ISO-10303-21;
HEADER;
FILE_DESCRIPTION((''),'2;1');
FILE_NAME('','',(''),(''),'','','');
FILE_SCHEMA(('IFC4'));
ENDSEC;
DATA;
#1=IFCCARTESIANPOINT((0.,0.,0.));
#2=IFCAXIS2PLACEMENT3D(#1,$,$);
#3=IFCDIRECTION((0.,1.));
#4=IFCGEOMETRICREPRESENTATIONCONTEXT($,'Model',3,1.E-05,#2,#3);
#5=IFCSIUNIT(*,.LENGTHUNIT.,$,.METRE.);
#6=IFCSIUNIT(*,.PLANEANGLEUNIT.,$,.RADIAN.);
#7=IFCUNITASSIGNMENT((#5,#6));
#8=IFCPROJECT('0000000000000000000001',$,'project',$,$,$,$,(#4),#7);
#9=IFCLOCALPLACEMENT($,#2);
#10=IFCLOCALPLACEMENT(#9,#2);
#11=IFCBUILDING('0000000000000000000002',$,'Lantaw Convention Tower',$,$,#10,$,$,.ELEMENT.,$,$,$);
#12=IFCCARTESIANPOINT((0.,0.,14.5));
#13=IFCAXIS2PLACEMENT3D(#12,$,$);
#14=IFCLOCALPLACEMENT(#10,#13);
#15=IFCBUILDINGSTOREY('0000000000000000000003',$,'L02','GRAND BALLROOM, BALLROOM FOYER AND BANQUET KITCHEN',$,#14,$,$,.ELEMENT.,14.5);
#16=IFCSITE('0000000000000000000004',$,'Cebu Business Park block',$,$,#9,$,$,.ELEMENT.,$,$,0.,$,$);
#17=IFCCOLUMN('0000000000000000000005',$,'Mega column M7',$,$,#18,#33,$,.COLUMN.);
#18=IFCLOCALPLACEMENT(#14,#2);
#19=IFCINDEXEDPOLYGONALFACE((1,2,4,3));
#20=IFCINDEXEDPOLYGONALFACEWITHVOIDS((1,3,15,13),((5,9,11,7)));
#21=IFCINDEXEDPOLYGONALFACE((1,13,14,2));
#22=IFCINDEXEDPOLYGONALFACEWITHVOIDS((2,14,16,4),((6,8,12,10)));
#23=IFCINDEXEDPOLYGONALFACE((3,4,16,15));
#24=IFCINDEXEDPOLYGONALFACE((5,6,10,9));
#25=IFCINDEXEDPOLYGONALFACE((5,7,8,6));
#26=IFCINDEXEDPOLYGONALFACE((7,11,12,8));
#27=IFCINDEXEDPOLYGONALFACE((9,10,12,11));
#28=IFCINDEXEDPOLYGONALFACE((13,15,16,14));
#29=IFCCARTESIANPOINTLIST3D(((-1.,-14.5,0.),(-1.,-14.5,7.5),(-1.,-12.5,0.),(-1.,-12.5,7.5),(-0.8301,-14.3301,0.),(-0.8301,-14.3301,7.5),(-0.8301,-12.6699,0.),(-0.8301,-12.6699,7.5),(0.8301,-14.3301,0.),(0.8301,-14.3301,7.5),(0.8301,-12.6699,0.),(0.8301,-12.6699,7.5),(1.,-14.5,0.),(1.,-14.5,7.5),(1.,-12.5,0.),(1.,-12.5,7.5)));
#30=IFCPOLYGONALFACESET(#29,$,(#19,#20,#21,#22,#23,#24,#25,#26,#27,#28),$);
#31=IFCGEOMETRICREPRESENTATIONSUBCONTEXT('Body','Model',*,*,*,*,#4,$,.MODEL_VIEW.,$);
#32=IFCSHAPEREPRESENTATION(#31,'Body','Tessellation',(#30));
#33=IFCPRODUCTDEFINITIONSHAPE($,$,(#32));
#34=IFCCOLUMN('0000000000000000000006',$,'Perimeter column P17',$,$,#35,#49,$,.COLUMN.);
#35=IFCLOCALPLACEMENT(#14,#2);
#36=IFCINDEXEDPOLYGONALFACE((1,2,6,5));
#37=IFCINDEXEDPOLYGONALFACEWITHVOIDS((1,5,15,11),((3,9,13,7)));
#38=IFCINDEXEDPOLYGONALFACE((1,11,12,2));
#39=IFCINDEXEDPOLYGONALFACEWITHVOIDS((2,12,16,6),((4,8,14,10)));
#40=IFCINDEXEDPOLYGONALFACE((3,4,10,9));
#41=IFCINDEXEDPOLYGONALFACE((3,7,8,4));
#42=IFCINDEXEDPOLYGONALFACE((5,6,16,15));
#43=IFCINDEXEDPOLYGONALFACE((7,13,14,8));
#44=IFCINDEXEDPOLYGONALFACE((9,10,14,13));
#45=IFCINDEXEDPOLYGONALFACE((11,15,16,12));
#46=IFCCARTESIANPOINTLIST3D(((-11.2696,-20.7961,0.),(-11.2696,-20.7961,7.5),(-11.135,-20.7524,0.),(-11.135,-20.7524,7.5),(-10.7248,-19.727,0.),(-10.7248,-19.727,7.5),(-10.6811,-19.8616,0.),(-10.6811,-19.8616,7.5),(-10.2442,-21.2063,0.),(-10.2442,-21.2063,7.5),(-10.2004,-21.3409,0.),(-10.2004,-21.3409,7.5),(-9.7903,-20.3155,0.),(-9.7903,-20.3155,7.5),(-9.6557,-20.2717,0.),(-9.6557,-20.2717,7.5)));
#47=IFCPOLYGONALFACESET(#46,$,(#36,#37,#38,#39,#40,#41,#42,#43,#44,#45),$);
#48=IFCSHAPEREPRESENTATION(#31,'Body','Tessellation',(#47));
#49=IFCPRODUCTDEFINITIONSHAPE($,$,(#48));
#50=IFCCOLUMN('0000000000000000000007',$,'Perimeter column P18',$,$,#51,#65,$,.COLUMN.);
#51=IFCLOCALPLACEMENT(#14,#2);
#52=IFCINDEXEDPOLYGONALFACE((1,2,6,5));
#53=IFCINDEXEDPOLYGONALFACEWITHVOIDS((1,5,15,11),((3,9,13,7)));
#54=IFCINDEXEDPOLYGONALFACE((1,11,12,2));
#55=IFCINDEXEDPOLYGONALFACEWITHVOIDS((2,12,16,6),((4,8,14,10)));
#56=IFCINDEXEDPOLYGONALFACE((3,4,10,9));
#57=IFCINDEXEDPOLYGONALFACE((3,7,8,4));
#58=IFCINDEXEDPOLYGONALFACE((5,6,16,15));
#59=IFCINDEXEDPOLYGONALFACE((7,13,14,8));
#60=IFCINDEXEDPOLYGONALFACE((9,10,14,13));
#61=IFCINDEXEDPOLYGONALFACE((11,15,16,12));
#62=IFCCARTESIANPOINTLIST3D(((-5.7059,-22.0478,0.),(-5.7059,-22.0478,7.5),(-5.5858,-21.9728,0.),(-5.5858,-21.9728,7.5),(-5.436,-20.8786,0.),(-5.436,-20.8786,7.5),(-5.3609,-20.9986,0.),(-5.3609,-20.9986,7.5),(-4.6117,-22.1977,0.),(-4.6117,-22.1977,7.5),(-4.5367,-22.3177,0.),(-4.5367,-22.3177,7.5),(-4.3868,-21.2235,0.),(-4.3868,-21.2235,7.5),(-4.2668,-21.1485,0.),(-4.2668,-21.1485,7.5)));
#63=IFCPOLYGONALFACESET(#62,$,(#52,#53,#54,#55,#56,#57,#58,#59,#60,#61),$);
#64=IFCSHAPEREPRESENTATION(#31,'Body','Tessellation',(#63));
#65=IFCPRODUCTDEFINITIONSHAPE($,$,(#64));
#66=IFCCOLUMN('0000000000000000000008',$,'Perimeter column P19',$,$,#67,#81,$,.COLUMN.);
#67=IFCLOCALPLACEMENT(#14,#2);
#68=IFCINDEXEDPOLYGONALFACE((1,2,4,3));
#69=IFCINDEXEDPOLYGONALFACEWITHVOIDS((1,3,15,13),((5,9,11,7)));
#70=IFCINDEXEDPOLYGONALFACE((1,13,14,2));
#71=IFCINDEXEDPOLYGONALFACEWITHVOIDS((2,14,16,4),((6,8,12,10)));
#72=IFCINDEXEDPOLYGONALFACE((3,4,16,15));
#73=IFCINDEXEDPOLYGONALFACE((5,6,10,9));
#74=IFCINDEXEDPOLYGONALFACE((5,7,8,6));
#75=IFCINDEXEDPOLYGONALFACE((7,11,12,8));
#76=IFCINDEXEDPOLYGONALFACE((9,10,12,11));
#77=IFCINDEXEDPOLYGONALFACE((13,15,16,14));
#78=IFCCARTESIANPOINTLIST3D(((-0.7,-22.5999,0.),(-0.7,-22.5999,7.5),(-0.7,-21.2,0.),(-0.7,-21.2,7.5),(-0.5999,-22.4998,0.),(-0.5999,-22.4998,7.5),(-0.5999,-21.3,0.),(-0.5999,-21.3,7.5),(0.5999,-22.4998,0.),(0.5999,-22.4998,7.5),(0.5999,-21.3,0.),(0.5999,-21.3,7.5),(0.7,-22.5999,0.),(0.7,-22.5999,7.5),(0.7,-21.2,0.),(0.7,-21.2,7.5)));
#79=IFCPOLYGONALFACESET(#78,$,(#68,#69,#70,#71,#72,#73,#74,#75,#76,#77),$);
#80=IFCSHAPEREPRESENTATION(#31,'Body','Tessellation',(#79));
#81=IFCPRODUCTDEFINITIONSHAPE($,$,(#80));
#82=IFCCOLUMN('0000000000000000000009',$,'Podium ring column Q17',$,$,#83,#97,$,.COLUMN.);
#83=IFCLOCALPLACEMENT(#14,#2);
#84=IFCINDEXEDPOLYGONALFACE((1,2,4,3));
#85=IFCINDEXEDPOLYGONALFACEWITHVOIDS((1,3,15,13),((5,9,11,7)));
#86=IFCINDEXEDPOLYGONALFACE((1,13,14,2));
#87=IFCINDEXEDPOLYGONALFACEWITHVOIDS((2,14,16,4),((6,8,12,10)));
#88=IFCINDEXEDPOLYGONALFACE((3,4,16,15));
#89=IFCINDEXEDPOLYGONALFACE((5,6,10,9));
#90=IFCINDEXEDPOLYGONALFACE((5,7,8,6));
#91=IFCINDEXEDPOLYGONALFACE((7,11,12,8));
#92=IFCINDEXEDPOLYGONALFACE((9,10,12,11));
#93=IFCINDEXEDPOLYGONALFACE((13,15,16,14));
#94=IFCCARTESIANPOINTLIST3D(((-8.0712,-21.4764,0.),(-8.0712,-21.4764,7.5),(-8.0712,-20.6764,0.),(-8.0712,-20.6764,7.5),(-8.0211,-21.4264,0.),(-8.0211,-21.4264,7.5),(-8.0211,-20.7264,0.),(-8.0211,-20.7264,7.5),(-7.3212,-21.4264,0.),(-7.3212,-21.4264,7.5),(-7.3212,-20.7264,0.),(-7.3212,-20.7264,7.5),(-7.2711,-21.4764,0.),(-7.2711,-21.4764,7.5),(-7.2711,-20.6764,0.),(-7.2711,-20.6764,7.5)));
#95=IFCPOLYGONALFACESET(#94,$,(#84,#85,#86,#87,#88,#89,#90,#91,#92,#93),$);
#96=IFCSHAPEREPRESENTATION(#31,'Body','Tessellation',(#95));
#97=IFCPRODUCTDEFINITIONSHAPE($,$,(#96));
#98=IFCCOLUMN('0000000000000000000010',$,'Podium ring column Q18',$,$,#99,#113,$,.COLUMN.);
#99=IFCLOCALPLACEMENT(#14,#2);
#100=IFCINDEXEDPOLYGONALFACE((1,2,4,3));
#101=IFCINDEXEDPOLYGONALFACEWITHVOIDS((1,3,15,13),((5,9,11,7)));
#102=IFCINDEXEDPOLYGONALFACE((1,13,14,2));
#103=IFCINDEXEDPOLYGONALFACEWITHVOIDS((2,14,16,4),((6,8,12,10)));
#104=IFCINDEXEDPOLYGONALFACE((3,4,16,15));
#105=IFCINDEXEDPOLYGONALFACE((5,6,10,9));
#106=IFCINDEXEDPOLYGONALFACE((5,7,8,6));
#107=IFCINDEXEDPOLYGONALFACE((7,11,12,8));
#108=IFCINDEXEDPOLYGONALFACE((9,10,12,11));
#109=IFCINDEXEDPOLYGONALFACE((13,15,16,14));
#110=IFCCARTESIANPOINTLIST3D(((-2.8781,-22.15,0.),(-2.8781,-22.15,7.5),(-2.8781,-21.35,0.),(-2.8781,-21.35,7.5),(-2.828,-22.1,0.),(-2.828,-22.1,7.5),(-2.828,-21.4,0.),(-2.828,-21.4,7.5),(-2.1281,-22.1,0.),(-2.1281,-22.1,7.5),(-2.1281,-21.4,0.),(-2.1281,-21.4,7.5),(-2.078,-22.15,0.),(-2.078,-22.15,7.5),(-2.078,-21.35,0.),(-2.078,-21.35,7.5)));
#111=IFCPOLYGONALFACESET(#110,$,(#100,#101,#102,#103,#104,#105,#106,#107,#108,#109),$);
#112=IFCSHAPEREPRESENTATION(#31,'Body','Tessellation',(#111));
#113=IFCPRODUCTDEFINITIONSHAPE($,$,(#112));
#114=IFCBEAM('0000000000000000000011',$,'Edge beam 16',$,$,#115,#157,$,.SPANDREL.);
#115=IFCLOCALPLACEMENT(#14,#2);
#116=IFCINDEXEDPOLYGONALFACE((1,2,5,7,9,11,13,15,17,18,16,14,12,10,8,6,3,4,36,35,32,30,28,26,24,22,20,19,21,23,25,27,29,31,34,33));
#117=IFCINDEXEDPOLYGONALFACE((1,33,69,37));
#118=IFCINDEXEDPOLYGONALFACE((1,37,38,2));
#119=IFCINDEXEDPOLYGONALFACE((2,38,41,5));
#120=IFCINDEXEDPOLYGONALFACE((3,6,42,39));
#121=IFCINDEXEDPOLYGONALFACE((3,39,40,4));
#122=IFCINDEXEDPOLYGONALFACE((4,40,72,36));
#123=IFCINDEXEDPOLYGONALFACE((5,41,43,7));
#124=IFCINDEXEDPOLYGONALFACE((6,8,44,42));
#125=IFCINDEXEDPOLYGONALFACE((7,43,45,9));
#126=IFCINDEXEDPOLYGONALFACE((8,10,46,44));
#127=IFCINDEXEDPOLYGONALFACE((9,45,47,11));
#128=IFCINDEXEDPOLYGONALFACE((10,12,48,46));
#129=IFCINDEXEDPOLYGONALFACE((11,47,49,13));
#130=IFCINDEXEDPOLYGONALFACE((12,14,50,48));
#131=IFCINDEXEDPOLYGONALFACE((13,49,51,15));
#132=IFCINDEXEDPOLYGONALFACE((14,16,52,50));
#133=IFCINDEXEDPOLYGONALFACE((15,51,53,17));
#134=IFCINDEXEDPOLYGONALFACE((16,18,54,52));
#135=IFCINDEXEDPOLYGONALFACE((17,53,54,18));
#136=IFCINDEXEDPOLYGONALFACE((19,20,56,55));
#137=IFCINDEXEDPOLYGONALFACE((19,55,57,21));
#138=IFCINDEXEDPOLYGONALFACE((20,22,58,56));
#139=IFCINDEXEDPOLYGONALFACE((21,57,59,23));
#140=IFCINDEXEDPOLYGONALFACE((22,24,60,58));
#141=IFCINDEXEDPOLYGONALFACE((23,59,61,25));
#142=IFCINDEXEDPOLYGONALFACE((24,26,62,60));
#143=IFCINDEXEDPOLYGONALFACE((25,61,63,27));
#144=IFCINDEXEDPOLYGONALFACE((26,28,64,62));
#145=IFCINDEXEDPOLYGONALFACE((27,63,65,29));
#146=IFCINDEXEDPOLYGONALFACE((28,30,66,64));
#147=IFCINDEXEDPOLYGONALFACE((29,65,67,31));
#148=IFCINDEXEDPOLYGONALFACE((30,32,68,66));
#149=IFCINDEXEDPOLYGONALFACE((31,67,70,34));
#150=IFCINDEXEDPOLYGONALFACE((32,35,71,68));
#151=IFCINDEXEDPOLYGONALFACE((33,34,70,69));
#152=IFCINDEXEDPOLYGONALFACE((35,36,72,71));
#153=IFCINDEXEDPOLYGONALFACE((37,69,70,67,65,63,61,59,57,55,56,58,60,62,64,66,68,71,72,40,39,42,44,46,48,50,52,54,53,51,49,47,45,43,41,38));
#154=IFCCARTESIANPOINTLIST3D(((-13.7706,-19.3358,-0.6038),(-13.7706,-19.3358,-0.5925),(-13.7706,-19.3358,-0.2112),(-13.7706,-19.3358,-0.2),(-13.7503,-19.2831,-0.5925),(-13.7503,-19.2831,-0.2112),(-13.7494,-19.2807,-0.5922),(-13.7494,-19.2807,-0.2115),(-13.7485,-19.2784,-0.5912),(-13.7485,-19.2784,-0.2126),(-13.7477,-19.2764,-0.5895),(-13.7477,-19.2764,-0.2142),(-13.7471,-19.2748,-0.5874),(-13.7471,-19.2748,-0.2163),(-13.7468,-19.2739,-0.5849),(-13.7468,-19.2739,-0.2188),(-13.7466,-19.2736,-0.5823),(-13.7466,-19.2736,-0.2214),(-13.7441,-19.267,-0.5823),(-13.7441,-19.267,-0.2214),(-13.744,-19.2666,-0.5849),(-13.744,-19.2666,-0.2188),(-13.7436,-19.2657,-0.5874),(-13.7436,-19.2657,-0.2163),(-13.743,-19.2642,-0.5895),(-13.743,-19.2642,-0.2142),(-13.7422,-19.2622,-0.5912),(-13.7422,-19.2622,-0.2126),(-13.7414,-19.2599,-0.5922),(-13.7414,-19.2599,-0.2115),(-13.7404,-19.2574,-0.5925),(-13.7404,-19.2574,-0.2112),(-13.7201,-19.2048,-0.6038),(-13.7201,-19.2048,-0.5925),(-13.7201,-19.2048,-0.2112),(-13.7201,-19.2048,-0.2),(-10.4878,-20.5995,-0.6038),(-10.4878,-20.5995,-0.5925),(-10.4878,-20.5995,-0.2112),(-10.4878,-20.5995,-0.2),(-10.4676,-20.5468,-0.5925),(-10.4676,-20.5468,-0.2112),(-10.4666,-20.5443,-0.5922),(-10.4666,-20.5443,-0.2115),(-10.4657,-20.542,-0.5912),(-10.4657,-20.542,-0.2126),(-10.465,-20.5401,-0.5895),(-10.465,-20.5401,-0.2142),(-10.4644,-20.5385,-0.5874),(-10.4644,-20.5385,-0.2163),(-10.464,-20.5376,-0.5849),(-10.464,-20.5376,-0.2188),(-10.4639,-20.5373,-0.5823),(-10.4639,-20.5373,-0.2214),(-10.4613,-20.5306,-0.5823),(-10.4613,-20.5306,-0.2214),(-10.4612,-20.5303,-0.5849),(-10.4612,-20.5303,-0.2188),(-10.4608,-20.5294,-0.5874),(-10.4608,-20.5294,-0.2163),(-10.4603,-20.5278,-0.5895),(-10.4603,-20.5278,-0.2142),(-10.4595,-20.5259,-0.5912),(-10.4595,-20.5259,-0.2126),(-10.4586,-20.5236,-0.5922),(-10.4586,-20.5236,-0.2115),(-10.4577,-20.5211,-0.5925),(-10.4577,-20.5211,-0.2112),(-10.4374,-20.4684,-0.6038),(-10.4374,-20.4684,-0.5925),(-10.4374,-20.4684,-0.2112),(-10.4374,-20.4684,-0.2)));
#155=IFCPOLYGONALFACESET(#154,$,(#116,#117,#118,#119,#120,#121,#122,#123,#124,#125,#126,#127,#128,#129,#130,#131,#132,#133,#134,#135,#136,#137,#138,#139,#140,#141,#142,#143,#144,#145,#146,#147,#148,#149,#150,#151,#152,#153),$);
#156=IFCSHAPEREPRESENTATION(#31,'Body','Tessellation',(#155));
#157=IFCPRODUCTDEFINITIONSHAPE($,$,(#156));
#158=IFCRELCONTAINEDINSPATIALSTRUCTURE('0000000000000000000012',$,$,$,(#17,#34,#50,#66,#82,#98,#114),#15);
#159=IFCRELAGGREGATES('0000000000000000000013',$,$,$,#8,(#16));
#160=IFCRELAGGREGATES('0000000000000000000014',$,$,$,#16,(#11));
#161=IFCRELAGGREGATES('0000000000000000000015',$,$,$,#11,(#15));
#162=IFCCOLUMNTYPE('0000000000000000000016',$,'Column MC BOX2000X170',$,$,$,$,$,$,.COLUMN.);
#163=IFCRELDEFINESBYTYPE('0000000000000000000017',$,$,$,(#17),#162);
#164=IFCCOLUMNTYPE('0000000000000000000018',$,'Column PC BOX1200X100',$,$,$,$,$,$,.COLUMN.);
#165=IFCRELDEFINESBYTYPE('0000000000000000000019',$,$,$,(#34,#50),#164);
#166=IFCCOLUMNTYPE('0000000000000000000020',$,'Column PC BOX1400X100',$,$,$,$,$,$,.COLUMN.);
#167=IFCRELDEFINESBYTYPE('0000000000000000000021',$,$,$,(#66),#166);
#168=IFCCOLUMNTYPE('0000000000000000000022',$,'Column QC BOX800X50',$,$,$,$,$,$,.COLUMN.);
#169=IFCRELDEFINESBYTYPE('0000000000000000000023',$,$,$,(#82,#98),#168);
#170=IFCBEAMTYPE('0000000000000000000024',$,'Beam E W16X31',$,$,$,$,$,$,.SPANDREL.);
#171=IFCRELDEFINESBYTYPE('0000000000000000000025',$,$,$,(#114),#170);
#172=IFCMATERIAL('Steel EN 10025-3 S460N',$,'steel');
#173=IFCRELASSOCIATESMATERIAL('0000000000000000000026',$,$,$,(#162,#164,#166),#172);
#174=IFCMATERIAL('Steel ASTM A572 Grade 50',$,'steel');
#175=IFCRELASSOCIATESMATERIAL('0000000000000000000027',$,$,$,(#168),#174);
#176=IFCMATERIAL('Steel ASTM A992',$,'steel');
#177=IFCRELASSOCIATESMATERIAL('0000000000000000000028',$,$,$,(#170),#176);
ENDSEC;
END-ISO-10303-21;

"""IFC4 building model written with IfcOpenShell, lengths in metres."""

from ifc_helpers import new_model, si_unit, direction, frame, origin, origin_2d, place, context, subcontext, project, spatial, rectangle, hollow_rectangle, i_section, extrude, material, material_profile, profile_set, type_object, element, save


model = new_model("IFC4")

# Units and contexts
model_context = context("Model", 3, precision=1e-05, world=origin(), true_north=direction((0.0, 1.0)))
body_context = subcontext(model_context, "Body", "Model", "MODEL_VIEW")
ifc_project = project(units=[si_unit("LENGTHUNIT", "METRE"), si_unit("PLANEANGLEUNIT", "RADIAN")], contexts=[model_context])

# Site, building, storey
site_placement = place(None, origin())
site = spatial("IfcSite", under=ifc_project, at=site_placement, Name="Cebu Business Park block", CompositionType="ELEMENT", RefElevation=0.0)
building_placement = place(site_placement, origin())
building = spatial("IfcBuilding", under=site, at=building_placement, Name="Lantaw Convention Tower", CompositionType="ELEMENT")
storey_placement = place(building_placement, frame((0.0, 0.0, 14.5)))
storey = spatial("IfcBuildingStorey", under=building, at=storey_placement, Name="L02", Description="GRAND BALLROOM, BALLROOM FOYER AND BANQUET KITCHEN", CompositionType="ELEMENT", Elevation=14.5)

# Columns
ifc_material_1 = material(Name="Steel EN 10025-3 S460N", Category="steel")
ifc_material_profile_1 = material_profile(ifc_material_1, hollow_rectangle(XDim=2.0, YDim=2.0, WallThickness=0.1699, at=origin_2d()), Name="BOX2000X170")
ifc_material_2 = material(Name="Concrete C60/75", Category="concrete")
ifc_material_profile_2 = material_profile(ifc_material_2, rectangle(XDim=1.6599, YDim=1.6599, at=origin_2d()), Name="Concrete fill of BOX2000X170")
ifc_profile_set_1 = profile_set([ifc_material_profile_1, ifc_material_profile_2], Name="Steel EN 10025-3 S460N")
column_type_1 = type_object("IfcColumnType", Name="Column MC BOX2000X170", PredefinedType="COLUMN", material=ifc_profile_set_1)
column_1_placement = place(storey_placement, frame((0.0, -13.5, 0.0), z_axis=(0.0, 0.0, 1.0), x_axis=(1.0, 0.0, 0.0)))
element("IfcColumn", 1, at=column_1_placement, inside=storey, type_object=column_type_1, Name="Mega column M7", PredefinedType="COLUMN", context=body_context, shape_type="SweptSolid", body=[
    extrude(hollow_rectangle(XDim=2.0, YDim=2.0, WallThickness=0.1699, at=origin_2d()), origin(), (0.0, 0.0, 1.0), 7.5),
])
ifc_material_profile_3 = material_profile(ifc_material_1, hollow_rectangle(XDim=1.2, YDim=1.2, WallThickness=0.1001, at=origin_2d()), Name="BOX1200X100")
ifc_material_profile_4 = material_profile(ifc_material_2, rectangle(XDim=1.0, YDim=1.0, at=origin_2d()), Name="Concrete fill of BOX1200X100")
ifc_profile_set_2 = profile_set([ifc_material_profile_3, ifc_material_profile_4], Name="Steel EN 10025-3 S460N")
column_type_2 = type_object("IfcColumnType", Name="Column PC BOX1200X100", PredefinedType="COLUMN", material=ifc_profile_set_2)
for number, where, z_axis, x_axis, name in (
    (2, (-10.4626, -20.5339, 0.0), (0.0, 0.0, 1.0), (0.45399, 0.891007, 0.0), "Perimeter column P17"),
    (3, (-4.9863, -21.5981, 0.0), (0.0, 0.0, 1.0), (0.224951, 0.97437, 0.0), "Perimeter column P18"),
):
    element("IfcColumn", number, at=place(storey_placement, frame(where, z_axis=z_axis, x_axis=x_axis)), inside=storey, type_object=column_type_2, Name=name, PredefinedType="COLUMN", context=body_context, shape_type="SweptSolid", body=[
        extrude(hollow_rectangle(XDim=1.2, YDim=1.2, WallThickness=0.1001, at=origin_2d()), origin(), (0.0, 0.0, 1.0), 7.5),
    ])
ifc_material_profile_5 = material_profile(ifc_material_1, hollow_rectangle(XDim=1.3999, YDim=1.3999, WallThickness=0.1001, at=origin_2d()), Name="BOX1400X100")
ifc_material_profile_6 = material_profile(ifc_material_2, rectangle(XDim=1.2, YDim=1.2, at=origin_2d()), Name="Concrete fill of BOX1400X100")
ifc_profile_set_3 = profile_set([ifc_material_profile_5, ifc_material_profile_6], Name="Steel EN 10025-3 S460N")
column_type_3 = type_object("IfcColumnType", Name="Column PC BOX1400X100", PredefinedType="COLUMN", material=ifc_profile_set_3)
column_2_placement = place(storey_placement, frame((0.0, -21.8999, 0.0), z_axis=(0.0, 0.0, 1.0), x_axis=(1.0, 0.0, 0.0)))
element("IfcColumn", 4, at=column_2_placement, inside=storey, type_object=column_type_3, Name="Perimeter column P19", PredefinedType="COLUMN", context=body_context, shape_type="SweptSolid", body=[
    extrude(hollow_rectangle(XDim=1.3999, YDim=1.3999, WallThickness=0.1001, at=origin_2d()), origin(), (0.0, 0.0, 1.0), 7.5),
])
ifc_material_3 = material(Name="Steel ASTM A572 Grade 50", Category="steel")
ifc_material_profile_7 = material_profile(ifc_material_3, hollow_rectangle(XDim=0.8, YDim=0.8, WallThickness=0.05, at=origin_2d()), Name="BOX800X50")
ifc_profile_set_4 = profile_set([ifc_material_profile_7], Name="Steel ASTM A572 Grade 50")
column_type_4 = type_object("IfcColumnType", Name="Column QC BOX800X50", PredefinedType="COLUMN", material=ifc_profile_set_4)
for number, where, z_axis, x_axis, name in (
    (5, (-7.6711, -21.0764, 0.0), (0.0, 0.0, 1.0), (1.0, 0.0, 0.0), "Podium ring column Q17"),
    (6, (-2.478, -21.75, 0.0), (0.0, 0.0, 1.0), (1.0, 0.0, 0.0), "Podium ring column Q18"),
):
    element("IfcColumn", number, at=place(storey_placement, frame(where, z_axis=z_axis, x_axis=x_axis)), inside=storey, type_object=column_type_4, Name=name, PredefinedType="COLUMN", context=body_context, shape_type="SweptSolid", body=[
        extrude(hollow_rectangle(XDim=0.8, YDim=0.8, WallThickness=0.05, at=origin_2d()), origin(), (0.0, 0.0, 1.0), 7.5),
    ])

# Beam
ifc_material_4 = material(Name="Steel ASTM A992", Category="steel")
ifc_material_profile_8 = material_profile(ifc_material_4, i_section(OverallWidth=0.1404, OverallDepth=0.4038, WebThickness=0.0071, FlangeThickness=0.0112, FilletRadius=0.0103, at=origin_2d()), Name="W16X31")
ifc_profile_set_5 = profile_set([ifc_material_profile_8], Name="Steel ASTM A992")
beam_type_1 = type_object("IfcBeamType", Name="Beam E W16X31", PredefinedType="SPANDREL", material=ifc_profile_set_5)
beam_1_placement = place(storey_placement, frame((-13.7454, -19.2703, -0.4019), z_axis=(0.933242, -0.359249, 0.0), x_axis=(0.359249, 0.933242, 0.0)))
element("IfcBeam", 7, at=beam_1_placement, inside=storey, type_object=beam_type_1, Name="Edge beam 16", PredefinedType="SPANDREL", context=body_context, shape_type="SweptSolid", body=[
    extrude(i_section(OverallWidth=0.1404, OverallDepth=0.4038, WebThickness=0.0071, FlangeThickness=0.0112, FilletRadius=0.0103, at=origin_2d()), origin(), (0.0, 0.0, 1.0), 3.5176),
])

save(model, "model.ifc")
